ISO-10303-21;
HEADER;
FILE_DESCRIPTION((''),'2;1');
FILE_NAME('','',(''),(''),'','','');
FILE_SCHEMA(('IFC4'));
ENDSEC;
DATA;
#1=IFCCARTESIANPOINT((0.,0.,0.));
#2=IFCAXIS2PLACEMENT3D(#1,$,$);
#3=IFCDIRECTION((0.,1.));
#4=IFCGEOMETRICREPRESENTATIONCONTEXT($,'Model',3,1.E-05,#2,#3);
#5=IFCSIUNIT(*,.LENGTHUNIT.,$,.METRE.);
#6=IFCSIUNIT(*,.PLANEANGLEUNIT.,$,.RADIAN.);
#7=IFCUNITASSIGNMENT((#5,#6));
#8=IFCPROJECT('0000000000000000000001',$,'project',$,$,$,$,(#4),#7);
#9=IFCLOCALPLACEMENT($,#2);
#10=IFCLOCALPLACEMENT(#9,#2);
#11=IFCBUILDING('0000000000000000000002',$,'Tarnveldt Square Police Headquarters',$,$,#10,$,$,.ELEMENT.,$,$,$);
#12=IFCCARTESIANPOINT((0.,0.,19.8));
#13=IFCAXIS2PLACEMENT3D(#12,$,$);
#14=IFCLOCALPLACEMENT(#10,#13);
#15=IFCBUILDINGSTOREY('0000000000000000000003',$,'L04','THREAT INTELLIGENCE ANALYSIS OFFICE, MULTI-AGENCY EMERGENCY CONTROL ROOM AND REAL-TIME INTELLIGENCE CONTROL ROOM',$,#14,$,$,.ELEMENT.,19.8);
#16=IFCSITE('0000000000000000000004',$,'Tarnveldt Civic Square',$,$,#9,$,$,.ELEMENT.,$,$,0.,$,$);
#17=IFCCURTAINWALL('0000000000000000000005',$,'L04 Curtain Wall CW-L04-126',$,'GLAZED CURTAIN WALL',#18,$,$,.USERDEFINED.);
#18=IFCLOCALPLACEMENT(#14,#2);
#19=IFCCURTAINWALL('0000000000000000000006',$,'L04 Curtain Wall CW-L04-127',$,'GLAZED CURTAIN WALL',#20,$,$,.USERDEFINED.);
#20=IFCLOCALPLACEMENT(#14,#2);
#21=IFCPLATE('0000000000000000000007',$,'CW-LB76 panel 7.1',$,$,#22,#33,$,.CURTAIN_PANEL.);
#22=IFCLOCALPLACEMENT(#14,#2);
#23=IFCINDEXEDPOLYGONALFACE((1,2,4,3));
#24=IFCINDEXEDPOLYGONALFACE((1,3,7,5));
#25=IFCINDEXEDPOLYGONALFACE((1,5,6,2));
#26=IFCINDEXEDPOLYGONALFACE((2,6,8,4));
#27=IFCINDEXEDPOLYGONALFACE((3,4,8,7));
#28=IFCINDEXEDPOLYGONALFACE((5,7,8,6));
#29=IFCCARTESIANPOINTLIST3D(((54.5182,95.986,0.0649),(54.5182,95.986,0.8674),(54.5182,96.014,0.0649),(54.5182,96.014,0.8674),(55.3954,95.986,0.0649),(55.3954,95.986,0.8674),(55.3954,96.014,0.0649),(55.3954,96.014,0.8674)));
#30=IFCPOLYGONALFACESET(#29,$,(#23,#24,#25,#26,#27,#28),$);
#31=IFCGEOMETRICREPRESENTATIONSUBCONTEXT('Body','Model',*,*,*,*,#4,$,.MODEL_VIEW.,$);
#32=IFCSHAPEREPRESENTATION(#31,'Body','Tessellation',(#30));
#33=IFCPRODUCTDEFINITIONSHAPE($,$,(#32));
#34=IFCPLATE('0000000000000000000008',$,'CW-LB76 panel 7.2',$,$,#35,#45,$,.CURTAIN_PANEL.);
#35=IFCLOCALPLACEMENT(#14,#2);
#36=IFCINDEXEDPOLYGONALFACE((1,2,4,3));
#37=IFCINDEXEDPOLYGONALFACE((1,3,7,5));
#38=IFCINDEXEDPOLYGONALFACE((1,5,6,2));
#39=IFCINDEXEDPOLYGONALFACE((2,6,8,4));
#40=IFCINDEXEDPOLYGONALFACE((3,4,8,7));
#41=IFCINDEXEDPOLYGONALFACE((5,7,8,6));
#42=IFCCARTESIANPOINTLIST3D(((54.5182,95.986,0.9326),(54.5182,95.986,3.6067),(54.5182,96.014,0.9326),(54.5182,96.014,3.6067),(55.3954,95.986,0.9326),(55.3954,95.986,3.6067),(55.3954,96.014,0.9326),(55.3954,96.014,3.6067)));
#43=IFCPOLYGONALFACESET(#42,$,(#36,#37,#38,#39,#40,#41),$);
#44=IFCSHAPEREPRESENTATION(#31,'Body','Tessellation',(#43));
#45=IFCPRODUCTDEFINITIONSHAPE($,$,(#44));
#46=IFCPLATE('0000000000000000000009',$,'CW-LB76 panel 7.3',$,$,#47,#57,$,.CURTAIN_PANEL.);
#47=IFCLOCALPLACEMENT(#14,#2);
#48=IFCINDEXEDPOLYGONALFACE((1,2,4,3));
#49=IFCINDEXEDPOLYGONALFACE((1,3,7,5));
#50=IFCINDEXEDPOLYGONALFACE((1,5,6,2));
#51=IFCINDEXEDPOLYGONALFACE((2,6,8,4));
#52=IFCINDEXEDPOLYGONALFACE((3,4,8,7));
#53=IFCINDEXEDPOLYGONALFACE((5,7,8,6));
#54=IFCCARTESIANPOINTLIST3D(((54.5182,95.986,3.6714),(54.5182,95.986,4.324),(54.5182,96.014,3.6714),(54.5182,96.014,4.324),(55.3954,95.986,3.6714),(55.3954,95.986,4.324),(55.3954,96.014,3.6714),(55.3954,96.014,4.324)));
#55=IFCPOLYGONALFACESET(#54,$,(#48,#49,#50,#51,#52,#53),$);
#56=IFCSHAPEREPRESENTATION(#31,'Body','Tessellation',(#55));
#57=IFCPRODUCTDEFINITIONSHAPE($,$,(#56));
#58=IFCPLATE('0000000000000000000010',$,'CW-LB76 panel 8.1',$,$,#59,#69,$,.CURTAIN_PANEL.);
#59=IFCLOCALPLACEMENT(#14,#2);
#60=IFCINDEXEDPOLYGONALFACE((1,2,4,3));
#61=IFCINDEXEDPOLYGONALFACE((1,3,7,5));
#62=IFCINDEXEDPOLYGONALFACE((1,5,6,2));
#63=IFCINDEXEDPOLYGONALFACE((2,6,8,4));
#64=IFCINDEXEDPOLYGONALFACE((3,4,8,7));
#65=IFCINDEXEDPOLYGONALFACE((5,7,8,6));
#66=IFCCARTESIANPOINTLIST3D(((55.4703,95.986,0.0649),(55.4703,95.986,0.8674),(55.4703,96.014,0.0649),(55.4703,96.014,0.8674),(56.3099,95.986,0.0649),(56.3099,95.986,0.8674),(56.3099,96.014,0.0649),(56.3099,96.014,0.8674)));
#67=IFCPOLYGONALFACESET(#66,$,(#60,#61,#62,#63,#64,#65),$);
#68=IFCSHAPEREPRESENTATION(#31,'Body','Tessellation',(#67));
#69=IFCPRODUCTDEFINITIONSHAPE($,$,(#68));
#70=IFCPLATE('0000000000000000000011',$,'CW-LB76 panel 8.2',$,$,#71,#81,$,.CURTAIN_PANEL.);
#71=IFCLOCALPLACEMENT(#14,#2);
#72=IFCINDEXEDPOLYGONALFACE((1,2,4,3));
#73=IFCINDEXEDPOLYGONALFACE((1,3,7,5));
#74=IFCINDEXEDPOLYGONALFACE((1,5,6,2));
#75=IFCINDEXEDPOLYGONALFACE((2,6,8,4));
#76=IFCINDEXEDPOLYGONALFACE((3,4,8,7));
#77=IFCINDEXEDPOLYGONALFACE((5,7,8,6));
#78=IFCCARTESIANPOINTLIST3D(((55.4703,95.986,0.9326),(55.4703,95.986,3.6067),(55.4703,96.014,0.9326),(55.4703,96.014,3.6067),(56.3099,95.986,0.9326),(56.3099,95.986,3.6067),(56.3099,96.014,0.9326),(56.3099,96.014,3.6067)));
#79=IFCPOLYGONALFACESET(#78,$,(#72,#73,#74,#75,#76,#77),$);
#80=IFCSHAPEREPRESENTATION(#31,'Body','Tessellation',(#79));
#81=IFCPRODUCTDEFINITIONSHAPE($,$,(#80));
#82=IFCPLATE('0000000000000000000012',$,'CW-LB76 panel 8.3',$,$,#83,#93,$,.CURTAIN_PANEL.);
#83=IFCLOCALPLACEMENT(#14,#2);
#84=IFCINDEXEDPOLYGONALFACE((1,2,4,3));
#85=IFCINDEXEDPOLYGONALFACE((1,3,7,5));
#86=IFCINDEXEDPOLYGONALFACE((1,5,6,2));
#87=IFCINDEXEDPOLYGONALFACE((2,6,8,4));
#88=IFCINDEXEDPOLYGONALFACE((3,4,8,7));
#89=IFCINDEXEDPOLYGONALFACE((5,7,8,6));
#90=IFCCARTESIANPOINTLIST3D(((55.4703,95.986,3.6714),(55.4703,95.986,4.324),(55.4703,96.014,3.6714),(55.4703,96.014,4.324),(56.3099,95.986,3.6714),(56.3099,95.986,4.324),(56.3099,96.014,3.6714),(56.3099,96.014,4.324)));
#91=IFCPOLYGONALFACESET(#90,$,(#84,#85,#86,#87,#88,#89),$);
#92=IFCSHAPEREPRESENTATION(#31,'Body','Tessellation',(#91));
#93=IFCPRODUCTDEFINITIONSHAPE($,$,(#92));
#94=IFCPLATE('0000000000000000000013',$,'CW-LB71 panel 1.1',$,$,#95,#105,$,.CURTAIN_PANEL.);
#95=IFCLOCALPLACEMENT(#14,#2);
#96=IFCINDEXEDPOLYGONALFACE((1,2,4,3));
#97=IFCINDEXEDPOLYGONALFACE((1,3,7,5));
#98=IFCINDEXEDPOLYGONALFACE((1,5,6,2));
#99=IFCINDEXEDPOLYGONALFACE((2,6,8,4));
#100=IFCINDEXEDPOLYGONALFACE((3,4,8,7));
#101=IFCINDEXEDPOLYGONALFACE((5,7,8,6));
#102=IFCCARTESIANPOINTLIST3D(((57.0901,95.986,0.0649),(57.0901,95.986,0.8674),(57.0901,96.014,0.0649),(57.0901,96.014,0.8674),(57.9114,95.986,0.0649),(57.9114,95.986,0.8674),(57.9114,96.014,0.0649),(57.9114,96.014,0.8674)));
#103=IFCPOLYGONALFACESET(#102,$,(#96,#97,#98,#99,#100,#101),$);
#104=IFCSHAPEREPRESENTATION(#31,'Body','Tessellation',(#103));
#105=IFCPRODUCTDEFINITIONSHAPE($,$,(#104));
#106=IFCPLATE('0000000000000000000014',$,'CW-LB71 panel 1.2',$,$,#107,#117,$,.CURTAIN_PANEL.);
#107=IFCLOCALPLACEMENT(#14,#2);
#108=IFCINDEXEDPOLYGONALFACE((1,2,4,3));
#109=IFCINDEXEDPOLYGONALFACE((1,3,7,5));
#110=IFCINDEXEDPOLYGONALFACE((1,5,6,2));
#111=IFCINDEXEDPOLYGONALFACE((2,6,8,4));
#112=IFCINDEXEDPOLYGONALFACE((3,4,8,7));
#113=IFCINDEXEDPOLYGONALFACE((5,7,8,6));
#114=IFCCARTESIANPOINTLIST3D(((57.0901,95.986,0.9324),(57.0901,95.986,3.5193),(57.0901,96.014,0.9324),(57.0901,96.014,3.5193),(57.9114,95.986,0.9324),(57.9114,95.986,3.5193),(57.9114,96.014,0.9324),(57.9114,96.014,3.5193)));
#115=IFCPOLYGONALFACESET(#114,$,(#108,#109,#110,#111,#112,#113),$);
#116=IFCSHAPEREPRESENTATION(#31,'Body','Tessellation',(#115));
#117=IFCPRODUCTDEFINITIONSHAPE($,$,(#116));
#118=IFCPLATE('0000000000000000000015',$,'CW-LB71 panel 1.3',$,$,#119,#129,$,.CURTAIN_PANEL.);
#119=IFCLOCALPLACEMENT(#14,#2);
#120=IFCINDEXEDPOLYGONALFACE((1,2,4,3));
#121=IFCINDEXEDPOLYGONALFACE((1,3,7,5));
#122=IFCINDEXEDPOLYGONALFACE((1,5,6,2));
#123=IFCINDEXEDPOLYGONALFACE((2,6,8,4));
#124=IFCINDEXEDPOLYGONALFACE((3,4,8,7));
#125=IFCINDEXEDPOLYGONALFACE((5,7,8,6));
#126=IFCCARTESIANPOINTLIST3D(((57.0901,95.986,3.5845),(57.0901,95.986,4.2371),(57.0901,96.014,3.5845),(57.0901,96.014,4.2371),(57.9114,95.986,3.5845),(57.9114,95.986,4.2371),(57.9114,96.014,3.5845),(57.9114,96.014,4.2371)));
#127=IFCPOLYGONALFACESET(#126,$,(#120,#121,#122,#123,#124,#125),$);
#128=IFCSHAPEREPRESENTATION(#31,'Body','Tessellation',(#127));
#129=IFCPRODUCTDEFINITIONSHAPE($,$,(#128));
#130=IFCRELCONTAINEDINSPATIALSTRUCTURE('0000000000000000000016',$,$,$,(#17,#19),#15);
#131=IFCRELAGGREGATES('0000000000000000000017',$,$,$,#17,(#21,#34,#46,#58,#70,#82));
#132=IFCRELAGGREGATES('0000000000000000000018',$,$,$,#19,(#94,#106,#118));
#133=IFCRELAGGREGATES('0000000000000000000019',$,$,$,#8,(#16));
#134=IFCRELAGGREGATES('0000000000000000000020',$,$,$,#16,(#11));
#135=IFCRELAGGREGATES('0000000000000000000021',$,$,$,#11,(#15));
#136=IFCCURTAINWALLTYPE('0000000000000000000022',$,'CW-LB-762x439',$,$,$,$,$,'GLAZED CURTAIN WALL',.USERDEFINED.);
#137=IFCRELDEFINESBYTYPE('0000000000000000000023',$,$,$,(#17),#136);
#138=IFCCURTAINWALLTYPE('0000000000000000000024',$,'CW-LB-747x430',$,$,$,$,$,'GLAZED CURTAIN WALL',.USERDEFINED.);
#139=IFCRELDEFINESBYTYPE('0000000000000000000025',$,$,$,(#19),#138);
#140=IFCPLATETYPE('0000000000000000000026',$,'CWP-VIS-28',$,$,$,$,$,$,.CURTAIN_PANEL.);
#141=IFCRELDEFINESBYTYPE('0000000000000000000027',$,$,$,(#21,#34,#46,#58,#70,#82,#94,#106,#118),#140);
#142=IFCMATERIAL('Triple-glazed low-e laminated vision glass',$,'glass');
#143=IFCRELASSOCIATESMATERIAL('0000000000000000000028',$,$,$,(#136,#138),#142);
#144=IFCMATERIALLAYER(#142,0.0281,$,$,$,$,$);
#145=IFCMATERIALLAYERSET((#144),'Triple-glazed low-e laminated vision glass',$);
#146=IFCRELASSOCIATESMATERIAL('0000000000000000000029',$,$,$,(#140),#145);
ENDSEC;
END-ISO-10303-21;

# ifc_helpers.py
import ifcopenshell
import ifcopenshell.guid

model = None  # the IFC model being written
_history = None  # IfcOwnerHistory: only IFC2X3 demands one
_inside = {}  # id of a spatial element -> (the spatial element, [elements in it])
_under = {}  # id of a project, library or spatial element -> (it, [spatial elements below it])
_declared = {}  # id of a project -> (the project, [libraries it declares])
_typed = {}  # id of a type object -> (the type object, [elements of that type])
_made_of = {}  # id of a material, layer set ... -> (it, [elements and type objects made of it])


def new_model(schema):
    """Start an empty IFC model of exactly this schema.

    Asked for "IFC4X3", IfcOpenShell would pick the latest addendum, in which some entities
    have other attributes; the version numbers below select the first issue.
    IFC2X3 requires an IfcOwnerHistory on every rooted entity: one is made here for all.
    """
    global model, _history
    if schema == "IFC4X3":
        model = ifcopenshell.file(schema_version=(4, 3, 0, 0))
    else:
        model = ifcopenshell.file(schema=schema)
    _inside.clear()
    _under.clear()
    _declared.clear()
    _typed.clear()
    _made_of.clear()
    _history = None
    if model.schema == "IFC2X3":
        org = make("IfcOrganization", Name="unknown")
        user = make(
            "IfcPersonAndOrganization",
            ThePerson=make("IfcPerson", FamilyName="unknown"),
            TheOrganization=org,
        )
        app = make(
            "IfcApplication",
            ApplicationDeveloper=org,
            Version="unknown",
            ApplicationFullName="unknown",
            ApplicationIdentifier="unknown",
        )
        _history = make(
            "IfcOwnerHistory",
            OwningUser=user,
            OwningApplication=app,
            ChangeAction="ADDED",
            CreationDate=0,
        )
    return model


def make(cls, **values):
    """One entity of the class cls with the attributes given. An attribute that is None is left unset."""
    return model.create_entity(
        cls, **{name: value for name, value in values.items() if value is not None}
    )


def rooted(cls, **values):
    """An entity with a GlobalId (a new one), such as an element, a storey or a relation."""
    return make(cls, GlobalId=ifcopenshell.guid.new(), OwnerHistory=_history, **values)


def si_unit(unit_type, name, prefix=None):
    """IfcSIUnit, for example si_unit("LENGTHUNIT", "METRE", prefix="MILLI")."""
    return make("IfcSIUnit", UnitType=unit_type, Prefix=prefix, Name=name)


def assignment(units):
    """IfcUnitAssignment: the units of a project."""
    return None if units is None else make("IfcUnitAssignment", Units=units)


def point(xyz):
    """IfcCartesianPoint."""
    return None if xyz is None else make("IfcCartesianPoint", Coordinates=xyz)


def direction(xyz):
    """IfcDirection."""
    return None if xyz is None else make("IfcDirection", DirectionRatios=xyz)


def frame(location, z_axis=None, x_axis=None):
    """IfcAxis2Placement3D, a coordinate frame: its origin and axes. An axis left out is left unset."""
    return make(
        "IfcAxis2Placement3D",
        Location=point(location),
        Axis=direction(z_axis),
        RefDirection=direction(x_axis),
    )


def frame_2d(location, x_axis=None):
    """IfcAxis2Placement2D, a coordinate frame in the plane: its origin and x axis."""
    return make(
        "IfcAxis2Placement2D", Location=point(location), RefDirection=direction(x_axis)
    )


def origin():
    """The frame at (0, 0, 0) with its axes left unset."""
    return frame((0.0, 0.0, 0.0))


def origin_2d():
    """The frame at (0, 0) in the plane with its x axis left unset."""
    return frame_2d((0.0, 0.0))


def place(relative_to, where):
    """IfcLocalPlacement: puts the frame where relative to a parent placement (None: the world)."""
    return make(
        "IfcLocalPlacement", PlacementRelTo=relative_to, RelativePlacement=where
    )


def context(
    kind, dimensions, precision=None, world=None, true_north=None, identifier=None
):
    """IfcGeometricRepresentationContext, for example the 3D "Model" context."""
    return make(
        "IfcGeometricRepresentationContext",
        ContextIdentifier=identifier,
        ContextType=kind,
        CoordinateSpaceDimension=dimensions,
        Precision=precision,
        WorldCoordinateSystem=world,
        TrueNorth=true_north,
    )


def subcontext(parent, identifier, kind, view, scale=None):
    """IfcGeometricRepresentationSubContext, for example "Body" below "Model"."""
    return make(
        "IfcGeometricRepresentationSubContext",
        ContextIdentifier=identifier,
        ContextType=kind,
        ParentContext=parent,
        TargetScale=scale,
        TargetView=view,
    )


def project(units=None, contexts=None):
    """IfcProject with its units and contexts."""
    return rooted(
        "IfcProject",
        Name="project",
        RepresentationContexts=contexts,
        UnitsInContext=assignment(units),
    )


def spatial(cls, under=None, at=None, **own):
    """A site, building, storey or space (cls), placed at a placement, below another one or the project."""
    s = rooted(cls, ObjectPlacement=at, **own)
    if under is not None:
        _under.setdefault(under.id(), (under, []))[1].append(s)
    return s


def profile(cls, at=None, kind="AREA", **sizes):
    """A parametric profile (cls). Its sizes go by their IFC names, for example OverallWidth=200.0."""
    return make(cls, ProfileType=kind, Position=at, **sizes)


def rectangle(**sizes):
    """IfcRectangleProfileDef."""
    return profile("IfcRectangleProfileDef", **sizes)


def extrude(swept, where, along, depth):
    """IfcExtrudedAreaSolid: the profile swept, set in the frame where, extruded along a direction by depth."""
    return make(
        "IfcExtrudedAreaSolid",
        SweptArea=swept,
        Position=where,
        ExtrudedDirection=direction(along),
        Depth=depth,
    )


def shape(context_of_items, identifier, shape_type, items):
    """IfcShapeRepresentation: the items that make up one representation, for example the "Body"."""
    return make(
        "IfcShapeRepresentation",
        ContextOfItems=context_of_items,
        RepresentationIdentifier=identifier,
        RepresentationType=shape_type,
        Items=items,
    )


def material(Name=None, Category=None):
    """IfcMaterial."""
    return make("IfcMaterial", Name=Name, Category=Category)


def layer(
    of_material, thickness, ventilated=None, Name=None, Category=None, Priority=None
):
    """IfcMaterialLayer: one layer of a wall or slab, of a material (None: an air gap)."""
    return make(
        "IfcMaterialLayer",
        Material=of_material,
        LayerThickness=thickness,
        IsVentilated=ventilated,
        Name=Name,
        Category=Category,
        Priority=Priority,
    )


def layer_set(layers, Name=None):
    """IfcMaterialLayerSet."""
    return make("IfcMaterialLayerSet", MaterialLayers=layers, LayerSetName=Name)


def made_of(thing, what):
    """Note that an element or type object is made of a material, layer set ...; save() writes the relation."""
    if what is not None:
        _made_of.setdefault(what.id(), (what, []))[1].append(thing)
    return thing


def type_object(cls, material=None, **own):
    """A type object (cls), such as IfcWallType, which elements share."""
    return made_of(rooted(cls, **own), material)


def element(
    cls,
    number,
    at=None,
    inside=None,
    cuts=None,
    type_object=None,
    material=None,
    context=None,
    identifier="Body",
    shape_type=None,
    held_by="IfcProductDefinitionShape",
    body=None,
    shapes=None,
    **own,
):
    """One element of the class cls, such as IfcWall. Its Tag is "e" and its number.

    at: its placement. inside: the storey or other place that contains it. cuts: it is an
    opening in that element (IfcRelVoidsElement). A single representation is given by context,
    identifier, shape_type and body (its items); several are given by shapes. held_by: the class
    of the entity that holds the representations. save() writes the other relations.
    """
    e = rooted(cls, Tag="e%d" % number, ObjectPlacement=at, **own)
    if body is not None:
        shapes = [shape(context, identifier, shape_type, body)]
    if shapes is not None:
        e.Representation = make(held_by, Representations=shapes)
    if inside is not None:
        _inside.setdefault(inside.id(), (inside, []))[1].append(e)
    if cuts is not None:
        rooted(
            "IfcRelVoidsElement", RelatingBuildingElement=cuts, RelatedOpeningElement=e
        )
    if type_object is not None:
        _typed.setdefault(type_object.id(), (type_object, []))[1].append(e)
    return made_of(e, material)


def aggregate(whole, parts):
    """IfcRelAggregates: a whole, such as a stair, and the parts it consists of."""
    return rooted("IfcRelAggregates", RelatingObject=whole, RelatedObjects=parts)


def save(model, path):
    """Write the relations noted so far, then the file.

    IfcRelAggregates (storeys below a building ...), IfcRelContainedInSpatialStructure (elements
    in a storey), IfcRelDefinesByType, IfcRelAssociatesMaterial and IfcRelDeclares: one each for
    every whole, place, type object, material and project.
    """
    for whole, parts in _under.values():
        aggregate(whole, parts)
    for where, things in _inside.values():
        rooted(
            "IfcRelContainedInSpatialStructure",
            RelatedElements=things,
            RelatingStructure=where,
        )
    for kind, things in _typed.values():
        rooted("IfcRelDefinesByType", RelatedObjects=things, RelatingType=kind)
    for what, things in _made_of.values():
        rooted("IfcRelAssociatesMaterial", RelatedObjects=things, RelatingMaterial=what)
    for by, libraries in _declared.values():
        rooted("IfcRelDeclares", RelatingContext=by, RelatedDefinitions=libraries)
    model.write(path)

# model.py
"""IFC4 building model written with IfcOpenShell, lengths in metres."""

from ifc_helpers import new_model, si_unit, direction, frame, origin, origin_2d, place, context, subcontext, project, spatial, rectangle, extrude, material, layer, layer_set, type_object, element, aggregate, save


model = new_model("IFC4")

# Units and contexts
model_context = context("Model", 3, precision=1e-05, world=origin(), true_north=direction((0.0, 1.0)))
body_context = subcontext(model_context, "Body", "Model", "MODEL_VIEW")
ifc_project = project(units=[si_unit("LENGTHUNIT", "METRE"), si_unit("PLANEANGLEUNIT", "RADIAN")], contexts=[model_context])

# Site, building, storey
site_placement = place(None, origin())
site = spatial("IfcSite", under=ifc_project, at=site_placement, Name="Tarnveldt Civic Square", CompositionType="ELEMENT", RefElevation=0.0)
building_placement = place(site_placement, origin())
building = spatial("IfcBuilding", under=site, at=building_placement, Name="Tarnveldt Square Police Headquarters", CompositionType="ELEMENT")
storey_placement = place(building_placement, frame((0.0, 0.0, 19.8)))
storey = spatial("IfcBuildingStorey", under=building, at=storey_placement, Name="L04", Description="THREAT INTELLIGENCE ANALYSIS OFFICE, MULTI-AGENCY EMERGENCY CONTROL ROOM AND REAL-TIME INTELLIGENCE CONTROL ROOM", CompositionType="ELEMENT", Elevation=19.8)

# Curtain walls
ifc_material_1 = material(Name="Triple-glazed low-e laminated vision glass", Category="glass")
curtain_wall_type_1 = type_object("IfcCurtainWallType", Name="CW-LB-762x439", ElementType="GLAZED CURTAIN WALL", PredefinedType="USERDEFINED", material=ifc_material_1)
curtain_wall_1_placement = place(storey_placement, origin())
curtain_wall_1 = element("IfcCurtainWall", 1, at=curtain_wall_1_placement, inside=storey, type_object=curtain_wall_type_1, Name="L04 Curtain Wall CW-L04-126", ObjectType="GLAZED CURTAIN WALL", PredefinedType="USERDEFINED")
curtain_wall_type_2 = type_object("IfcCurtainWallType", Name="CW-LB-747x430", ElementType="GLAZED CURTAIN WALL", PredefinedType="USERDEFINED", material=ifc_material_1)
curtain_wall_2_placement = place(storey_placement, origin())
curtain_wall_2 = element("IfcCurtainWall", 2, at=curtain_wall_2_placement, inside=storey, type_object=curtain_wall_type_2, Name="L04 Curtain Wall CW-L04-127", ObjectType="GLAZED CURTAIN WALL", PredefinedType="USERDEFINED")

# Plates
ifc_layer = layer(ifc_material_1, 0.0281)
ifc_layer_set = layer_set([ifc_layer], Name="Triple-glazed low-e laminated vision glass")
plate_type = type_object("IfcPlateType", Name="CWP-VIS-28", PredefinedType="CURTAIN_PANEL", material=ifc_layer_set)
plate_1_placement = place(storey_placement, frame((54.9568, 96.0, 0.0649), z_axis=(0.0, 0.0, 1.0), x_axis=(1.0, 0.0, 0.0)))
plate_1 = element("IfcPlate", 3, at=plate_1_placement, type_object=plate_type, Name="CW-LB76 panel 7.1", PredefinedType="CURTAIN_PANEL", context=body_context, shape_type="SweptSolid", body=[
    extrude(rectangle(XDim=0.8772, YDim=0.0281, at=origin_2d()), origin(), (0.0, 0.0, 1.0), 0.8025),
])
plate_2_placement = place(storey_placement, frame((54.9568, 96.0, 0.9326), z_axis=(0.0, 0.0, 1.0), x_axis=(1.0, 0.0, 0.0)))
plate_2 = element("IfcPlate", 4, at=plate_2_placement, type_object=plate_type, Name="CW-LB76 panel 7.2", PredefinedType="CURTAIN_PANEL", context=body_context, shape_type="SweptSolid", body=[
    extrude(rectangle(XDim=0.8772, YDim=0.0281, at=origin_2d()), origin(), (0.0, 0.0, 1.0), 2.6741),
])
plate_3_placement = place(storey_placement, frame((54.9568, 96.0, 3.6714), z_axis=(0.0, 0.0, 1.0), x_axis=(1.0, 0.0, 0.0)))
plate_3 = element("IfcPlate", 5, at=plate_3_placement, type_object=plate_type, Name="CW-LB76 panel 7.3", PredefinedType="CURTAIN_PANEL", context=body_context, shape_type="SweptSolid", body=[
    extrude(rectangle(XDim=0.8772, YDim=0.0281, at=origin_2d()), origin(), (0.0, 0.0, 1.0), 0.6526),
])
plate_4_placement = place(storey_placement, frame((55.8901, 96.0, 0.0649), z_axis=(0.0, 0.0, 1.0), x_axis=(1.0, 0.0, 0.0)))
plate_4 = element("IfcPlate", 6, at=plate_4_placement, type_object=plate_type, Name="CW-LB76 panel 8.1", PredefinedType="CURTAIN_PANEL", context=body_context, shape_type="SweptSolid", body=[
    extrude(rectangle(XDim=0.8396, YDim=0.0281, at=origin_2d()), origin(), (0.0, 0.0, 1.0), 0.8025),
])
plate_5_placement = place(storey_placement, frame((55.8901, 96.0, 0.9326), z_axis=(0.0, 0.0, 1.0), x_axis=(1.0, 0.0, 0.0)))
plate_5 = element("IfcPlate", 7, at=plate_5_placement, type_object=plate_type, Name="CW-LB76 panel 8.2", PredefinedType="CURTAIN_PANEL", context=body_context, shape_type="SweptSolid", body=[
    extrude(rectangle(XDim=0.8396, YDim=0.0281, at=origin_2d()), origin(), (0.0, 0.0, 1.0), 2.6741),
])
plate_6_placement = place(storey_placement, frame((55.8901, 96.0, 3.6714), z_axis=(0.0, 0.0, 1.0), x_axis=(1.0, 0.0, 0.0)))
plate_6 = element("IfcPlate", 8, at=plate_6_placement, type_object=plate_type, Name="CW-LB76 panel 8.3", PredefinedType="CURTAIN_PANEL", context=body_context, shape_type="SweptSolid", body=[
    extrude(rectangle(XDim=0.8396, YDim=0.0281, at=origin_2d()), origin(), (0.0, 0.0, 1.0), 0.6526),
])
aggregate(curtain_wall_1, [plate_1, plate_2, plate_3, plate_4, plate_5, plate_6])
plate_7_placement = place(storey_placement, frame((57.5007, 96.0, 0.0649), z_axis=(0.0, 0.0, 1.0), x_axis=(1.0, 0.0, 0.0)))
plate_7 = element("IfcPlate", 9, at=plate_7_placement, type_object=plate_type, Name="CW-LB71 panel 1.1", PredefinedType="CURTAIN_PANEL", context=body_context, shape_type="SweptSolid", body=[
    extrude(rectangle(XDim=0.8213, YDim=0.0281, at=origin_2d()), origin(), (0.0, 0.0, 1.0), 0.8025),
])
plate_8_placement = place(storey_placement, frame((57.5007, 96.0, 0.9324), z_axis=(0.0, 0.0, 1.0), x_axis=(1.0, 0.0, 0.0)))
plate_8 = element("IfcPlate", 10, at=plate_8_placement, type_object=plate_type, Name="CW-LB71 panel 1.2", PredefinedType="CURTAIN_PANEL", context=body_context, shape_type="SweptSolid", body=[
    extrude(rectangle(XDim=0.8213, YDim=0.0281, at=origin_2d()), origin(), (0.0, 0.0, 1.0), 2.5869),
])
plate_9_placement = place(storey_placement, frame((57.5007, 96.0, 3.5845), z_axis=(0.0, 0.0, 1.0), x_axis=(1.0, 0.0, 0.0)))
plate_9 = element("IfcPlate", 11, at=plate_9_placement, type_object=plate_type, Name="CW-LB71 panel 1.3", PredefinedType="CURTAIN_PANEL", context=body_context, shape_type="SweptSolid", body=[
    extrude(rectangle(XDim=0.8213, YDim=0.0281, at=origin_2d()), origin(), (0.0, 0.0, 1.0), 0.6526),
])
aggregate(curtain_wall_2, [plate_7, plate_8, plate_9])

save(model, "model.ifc")
